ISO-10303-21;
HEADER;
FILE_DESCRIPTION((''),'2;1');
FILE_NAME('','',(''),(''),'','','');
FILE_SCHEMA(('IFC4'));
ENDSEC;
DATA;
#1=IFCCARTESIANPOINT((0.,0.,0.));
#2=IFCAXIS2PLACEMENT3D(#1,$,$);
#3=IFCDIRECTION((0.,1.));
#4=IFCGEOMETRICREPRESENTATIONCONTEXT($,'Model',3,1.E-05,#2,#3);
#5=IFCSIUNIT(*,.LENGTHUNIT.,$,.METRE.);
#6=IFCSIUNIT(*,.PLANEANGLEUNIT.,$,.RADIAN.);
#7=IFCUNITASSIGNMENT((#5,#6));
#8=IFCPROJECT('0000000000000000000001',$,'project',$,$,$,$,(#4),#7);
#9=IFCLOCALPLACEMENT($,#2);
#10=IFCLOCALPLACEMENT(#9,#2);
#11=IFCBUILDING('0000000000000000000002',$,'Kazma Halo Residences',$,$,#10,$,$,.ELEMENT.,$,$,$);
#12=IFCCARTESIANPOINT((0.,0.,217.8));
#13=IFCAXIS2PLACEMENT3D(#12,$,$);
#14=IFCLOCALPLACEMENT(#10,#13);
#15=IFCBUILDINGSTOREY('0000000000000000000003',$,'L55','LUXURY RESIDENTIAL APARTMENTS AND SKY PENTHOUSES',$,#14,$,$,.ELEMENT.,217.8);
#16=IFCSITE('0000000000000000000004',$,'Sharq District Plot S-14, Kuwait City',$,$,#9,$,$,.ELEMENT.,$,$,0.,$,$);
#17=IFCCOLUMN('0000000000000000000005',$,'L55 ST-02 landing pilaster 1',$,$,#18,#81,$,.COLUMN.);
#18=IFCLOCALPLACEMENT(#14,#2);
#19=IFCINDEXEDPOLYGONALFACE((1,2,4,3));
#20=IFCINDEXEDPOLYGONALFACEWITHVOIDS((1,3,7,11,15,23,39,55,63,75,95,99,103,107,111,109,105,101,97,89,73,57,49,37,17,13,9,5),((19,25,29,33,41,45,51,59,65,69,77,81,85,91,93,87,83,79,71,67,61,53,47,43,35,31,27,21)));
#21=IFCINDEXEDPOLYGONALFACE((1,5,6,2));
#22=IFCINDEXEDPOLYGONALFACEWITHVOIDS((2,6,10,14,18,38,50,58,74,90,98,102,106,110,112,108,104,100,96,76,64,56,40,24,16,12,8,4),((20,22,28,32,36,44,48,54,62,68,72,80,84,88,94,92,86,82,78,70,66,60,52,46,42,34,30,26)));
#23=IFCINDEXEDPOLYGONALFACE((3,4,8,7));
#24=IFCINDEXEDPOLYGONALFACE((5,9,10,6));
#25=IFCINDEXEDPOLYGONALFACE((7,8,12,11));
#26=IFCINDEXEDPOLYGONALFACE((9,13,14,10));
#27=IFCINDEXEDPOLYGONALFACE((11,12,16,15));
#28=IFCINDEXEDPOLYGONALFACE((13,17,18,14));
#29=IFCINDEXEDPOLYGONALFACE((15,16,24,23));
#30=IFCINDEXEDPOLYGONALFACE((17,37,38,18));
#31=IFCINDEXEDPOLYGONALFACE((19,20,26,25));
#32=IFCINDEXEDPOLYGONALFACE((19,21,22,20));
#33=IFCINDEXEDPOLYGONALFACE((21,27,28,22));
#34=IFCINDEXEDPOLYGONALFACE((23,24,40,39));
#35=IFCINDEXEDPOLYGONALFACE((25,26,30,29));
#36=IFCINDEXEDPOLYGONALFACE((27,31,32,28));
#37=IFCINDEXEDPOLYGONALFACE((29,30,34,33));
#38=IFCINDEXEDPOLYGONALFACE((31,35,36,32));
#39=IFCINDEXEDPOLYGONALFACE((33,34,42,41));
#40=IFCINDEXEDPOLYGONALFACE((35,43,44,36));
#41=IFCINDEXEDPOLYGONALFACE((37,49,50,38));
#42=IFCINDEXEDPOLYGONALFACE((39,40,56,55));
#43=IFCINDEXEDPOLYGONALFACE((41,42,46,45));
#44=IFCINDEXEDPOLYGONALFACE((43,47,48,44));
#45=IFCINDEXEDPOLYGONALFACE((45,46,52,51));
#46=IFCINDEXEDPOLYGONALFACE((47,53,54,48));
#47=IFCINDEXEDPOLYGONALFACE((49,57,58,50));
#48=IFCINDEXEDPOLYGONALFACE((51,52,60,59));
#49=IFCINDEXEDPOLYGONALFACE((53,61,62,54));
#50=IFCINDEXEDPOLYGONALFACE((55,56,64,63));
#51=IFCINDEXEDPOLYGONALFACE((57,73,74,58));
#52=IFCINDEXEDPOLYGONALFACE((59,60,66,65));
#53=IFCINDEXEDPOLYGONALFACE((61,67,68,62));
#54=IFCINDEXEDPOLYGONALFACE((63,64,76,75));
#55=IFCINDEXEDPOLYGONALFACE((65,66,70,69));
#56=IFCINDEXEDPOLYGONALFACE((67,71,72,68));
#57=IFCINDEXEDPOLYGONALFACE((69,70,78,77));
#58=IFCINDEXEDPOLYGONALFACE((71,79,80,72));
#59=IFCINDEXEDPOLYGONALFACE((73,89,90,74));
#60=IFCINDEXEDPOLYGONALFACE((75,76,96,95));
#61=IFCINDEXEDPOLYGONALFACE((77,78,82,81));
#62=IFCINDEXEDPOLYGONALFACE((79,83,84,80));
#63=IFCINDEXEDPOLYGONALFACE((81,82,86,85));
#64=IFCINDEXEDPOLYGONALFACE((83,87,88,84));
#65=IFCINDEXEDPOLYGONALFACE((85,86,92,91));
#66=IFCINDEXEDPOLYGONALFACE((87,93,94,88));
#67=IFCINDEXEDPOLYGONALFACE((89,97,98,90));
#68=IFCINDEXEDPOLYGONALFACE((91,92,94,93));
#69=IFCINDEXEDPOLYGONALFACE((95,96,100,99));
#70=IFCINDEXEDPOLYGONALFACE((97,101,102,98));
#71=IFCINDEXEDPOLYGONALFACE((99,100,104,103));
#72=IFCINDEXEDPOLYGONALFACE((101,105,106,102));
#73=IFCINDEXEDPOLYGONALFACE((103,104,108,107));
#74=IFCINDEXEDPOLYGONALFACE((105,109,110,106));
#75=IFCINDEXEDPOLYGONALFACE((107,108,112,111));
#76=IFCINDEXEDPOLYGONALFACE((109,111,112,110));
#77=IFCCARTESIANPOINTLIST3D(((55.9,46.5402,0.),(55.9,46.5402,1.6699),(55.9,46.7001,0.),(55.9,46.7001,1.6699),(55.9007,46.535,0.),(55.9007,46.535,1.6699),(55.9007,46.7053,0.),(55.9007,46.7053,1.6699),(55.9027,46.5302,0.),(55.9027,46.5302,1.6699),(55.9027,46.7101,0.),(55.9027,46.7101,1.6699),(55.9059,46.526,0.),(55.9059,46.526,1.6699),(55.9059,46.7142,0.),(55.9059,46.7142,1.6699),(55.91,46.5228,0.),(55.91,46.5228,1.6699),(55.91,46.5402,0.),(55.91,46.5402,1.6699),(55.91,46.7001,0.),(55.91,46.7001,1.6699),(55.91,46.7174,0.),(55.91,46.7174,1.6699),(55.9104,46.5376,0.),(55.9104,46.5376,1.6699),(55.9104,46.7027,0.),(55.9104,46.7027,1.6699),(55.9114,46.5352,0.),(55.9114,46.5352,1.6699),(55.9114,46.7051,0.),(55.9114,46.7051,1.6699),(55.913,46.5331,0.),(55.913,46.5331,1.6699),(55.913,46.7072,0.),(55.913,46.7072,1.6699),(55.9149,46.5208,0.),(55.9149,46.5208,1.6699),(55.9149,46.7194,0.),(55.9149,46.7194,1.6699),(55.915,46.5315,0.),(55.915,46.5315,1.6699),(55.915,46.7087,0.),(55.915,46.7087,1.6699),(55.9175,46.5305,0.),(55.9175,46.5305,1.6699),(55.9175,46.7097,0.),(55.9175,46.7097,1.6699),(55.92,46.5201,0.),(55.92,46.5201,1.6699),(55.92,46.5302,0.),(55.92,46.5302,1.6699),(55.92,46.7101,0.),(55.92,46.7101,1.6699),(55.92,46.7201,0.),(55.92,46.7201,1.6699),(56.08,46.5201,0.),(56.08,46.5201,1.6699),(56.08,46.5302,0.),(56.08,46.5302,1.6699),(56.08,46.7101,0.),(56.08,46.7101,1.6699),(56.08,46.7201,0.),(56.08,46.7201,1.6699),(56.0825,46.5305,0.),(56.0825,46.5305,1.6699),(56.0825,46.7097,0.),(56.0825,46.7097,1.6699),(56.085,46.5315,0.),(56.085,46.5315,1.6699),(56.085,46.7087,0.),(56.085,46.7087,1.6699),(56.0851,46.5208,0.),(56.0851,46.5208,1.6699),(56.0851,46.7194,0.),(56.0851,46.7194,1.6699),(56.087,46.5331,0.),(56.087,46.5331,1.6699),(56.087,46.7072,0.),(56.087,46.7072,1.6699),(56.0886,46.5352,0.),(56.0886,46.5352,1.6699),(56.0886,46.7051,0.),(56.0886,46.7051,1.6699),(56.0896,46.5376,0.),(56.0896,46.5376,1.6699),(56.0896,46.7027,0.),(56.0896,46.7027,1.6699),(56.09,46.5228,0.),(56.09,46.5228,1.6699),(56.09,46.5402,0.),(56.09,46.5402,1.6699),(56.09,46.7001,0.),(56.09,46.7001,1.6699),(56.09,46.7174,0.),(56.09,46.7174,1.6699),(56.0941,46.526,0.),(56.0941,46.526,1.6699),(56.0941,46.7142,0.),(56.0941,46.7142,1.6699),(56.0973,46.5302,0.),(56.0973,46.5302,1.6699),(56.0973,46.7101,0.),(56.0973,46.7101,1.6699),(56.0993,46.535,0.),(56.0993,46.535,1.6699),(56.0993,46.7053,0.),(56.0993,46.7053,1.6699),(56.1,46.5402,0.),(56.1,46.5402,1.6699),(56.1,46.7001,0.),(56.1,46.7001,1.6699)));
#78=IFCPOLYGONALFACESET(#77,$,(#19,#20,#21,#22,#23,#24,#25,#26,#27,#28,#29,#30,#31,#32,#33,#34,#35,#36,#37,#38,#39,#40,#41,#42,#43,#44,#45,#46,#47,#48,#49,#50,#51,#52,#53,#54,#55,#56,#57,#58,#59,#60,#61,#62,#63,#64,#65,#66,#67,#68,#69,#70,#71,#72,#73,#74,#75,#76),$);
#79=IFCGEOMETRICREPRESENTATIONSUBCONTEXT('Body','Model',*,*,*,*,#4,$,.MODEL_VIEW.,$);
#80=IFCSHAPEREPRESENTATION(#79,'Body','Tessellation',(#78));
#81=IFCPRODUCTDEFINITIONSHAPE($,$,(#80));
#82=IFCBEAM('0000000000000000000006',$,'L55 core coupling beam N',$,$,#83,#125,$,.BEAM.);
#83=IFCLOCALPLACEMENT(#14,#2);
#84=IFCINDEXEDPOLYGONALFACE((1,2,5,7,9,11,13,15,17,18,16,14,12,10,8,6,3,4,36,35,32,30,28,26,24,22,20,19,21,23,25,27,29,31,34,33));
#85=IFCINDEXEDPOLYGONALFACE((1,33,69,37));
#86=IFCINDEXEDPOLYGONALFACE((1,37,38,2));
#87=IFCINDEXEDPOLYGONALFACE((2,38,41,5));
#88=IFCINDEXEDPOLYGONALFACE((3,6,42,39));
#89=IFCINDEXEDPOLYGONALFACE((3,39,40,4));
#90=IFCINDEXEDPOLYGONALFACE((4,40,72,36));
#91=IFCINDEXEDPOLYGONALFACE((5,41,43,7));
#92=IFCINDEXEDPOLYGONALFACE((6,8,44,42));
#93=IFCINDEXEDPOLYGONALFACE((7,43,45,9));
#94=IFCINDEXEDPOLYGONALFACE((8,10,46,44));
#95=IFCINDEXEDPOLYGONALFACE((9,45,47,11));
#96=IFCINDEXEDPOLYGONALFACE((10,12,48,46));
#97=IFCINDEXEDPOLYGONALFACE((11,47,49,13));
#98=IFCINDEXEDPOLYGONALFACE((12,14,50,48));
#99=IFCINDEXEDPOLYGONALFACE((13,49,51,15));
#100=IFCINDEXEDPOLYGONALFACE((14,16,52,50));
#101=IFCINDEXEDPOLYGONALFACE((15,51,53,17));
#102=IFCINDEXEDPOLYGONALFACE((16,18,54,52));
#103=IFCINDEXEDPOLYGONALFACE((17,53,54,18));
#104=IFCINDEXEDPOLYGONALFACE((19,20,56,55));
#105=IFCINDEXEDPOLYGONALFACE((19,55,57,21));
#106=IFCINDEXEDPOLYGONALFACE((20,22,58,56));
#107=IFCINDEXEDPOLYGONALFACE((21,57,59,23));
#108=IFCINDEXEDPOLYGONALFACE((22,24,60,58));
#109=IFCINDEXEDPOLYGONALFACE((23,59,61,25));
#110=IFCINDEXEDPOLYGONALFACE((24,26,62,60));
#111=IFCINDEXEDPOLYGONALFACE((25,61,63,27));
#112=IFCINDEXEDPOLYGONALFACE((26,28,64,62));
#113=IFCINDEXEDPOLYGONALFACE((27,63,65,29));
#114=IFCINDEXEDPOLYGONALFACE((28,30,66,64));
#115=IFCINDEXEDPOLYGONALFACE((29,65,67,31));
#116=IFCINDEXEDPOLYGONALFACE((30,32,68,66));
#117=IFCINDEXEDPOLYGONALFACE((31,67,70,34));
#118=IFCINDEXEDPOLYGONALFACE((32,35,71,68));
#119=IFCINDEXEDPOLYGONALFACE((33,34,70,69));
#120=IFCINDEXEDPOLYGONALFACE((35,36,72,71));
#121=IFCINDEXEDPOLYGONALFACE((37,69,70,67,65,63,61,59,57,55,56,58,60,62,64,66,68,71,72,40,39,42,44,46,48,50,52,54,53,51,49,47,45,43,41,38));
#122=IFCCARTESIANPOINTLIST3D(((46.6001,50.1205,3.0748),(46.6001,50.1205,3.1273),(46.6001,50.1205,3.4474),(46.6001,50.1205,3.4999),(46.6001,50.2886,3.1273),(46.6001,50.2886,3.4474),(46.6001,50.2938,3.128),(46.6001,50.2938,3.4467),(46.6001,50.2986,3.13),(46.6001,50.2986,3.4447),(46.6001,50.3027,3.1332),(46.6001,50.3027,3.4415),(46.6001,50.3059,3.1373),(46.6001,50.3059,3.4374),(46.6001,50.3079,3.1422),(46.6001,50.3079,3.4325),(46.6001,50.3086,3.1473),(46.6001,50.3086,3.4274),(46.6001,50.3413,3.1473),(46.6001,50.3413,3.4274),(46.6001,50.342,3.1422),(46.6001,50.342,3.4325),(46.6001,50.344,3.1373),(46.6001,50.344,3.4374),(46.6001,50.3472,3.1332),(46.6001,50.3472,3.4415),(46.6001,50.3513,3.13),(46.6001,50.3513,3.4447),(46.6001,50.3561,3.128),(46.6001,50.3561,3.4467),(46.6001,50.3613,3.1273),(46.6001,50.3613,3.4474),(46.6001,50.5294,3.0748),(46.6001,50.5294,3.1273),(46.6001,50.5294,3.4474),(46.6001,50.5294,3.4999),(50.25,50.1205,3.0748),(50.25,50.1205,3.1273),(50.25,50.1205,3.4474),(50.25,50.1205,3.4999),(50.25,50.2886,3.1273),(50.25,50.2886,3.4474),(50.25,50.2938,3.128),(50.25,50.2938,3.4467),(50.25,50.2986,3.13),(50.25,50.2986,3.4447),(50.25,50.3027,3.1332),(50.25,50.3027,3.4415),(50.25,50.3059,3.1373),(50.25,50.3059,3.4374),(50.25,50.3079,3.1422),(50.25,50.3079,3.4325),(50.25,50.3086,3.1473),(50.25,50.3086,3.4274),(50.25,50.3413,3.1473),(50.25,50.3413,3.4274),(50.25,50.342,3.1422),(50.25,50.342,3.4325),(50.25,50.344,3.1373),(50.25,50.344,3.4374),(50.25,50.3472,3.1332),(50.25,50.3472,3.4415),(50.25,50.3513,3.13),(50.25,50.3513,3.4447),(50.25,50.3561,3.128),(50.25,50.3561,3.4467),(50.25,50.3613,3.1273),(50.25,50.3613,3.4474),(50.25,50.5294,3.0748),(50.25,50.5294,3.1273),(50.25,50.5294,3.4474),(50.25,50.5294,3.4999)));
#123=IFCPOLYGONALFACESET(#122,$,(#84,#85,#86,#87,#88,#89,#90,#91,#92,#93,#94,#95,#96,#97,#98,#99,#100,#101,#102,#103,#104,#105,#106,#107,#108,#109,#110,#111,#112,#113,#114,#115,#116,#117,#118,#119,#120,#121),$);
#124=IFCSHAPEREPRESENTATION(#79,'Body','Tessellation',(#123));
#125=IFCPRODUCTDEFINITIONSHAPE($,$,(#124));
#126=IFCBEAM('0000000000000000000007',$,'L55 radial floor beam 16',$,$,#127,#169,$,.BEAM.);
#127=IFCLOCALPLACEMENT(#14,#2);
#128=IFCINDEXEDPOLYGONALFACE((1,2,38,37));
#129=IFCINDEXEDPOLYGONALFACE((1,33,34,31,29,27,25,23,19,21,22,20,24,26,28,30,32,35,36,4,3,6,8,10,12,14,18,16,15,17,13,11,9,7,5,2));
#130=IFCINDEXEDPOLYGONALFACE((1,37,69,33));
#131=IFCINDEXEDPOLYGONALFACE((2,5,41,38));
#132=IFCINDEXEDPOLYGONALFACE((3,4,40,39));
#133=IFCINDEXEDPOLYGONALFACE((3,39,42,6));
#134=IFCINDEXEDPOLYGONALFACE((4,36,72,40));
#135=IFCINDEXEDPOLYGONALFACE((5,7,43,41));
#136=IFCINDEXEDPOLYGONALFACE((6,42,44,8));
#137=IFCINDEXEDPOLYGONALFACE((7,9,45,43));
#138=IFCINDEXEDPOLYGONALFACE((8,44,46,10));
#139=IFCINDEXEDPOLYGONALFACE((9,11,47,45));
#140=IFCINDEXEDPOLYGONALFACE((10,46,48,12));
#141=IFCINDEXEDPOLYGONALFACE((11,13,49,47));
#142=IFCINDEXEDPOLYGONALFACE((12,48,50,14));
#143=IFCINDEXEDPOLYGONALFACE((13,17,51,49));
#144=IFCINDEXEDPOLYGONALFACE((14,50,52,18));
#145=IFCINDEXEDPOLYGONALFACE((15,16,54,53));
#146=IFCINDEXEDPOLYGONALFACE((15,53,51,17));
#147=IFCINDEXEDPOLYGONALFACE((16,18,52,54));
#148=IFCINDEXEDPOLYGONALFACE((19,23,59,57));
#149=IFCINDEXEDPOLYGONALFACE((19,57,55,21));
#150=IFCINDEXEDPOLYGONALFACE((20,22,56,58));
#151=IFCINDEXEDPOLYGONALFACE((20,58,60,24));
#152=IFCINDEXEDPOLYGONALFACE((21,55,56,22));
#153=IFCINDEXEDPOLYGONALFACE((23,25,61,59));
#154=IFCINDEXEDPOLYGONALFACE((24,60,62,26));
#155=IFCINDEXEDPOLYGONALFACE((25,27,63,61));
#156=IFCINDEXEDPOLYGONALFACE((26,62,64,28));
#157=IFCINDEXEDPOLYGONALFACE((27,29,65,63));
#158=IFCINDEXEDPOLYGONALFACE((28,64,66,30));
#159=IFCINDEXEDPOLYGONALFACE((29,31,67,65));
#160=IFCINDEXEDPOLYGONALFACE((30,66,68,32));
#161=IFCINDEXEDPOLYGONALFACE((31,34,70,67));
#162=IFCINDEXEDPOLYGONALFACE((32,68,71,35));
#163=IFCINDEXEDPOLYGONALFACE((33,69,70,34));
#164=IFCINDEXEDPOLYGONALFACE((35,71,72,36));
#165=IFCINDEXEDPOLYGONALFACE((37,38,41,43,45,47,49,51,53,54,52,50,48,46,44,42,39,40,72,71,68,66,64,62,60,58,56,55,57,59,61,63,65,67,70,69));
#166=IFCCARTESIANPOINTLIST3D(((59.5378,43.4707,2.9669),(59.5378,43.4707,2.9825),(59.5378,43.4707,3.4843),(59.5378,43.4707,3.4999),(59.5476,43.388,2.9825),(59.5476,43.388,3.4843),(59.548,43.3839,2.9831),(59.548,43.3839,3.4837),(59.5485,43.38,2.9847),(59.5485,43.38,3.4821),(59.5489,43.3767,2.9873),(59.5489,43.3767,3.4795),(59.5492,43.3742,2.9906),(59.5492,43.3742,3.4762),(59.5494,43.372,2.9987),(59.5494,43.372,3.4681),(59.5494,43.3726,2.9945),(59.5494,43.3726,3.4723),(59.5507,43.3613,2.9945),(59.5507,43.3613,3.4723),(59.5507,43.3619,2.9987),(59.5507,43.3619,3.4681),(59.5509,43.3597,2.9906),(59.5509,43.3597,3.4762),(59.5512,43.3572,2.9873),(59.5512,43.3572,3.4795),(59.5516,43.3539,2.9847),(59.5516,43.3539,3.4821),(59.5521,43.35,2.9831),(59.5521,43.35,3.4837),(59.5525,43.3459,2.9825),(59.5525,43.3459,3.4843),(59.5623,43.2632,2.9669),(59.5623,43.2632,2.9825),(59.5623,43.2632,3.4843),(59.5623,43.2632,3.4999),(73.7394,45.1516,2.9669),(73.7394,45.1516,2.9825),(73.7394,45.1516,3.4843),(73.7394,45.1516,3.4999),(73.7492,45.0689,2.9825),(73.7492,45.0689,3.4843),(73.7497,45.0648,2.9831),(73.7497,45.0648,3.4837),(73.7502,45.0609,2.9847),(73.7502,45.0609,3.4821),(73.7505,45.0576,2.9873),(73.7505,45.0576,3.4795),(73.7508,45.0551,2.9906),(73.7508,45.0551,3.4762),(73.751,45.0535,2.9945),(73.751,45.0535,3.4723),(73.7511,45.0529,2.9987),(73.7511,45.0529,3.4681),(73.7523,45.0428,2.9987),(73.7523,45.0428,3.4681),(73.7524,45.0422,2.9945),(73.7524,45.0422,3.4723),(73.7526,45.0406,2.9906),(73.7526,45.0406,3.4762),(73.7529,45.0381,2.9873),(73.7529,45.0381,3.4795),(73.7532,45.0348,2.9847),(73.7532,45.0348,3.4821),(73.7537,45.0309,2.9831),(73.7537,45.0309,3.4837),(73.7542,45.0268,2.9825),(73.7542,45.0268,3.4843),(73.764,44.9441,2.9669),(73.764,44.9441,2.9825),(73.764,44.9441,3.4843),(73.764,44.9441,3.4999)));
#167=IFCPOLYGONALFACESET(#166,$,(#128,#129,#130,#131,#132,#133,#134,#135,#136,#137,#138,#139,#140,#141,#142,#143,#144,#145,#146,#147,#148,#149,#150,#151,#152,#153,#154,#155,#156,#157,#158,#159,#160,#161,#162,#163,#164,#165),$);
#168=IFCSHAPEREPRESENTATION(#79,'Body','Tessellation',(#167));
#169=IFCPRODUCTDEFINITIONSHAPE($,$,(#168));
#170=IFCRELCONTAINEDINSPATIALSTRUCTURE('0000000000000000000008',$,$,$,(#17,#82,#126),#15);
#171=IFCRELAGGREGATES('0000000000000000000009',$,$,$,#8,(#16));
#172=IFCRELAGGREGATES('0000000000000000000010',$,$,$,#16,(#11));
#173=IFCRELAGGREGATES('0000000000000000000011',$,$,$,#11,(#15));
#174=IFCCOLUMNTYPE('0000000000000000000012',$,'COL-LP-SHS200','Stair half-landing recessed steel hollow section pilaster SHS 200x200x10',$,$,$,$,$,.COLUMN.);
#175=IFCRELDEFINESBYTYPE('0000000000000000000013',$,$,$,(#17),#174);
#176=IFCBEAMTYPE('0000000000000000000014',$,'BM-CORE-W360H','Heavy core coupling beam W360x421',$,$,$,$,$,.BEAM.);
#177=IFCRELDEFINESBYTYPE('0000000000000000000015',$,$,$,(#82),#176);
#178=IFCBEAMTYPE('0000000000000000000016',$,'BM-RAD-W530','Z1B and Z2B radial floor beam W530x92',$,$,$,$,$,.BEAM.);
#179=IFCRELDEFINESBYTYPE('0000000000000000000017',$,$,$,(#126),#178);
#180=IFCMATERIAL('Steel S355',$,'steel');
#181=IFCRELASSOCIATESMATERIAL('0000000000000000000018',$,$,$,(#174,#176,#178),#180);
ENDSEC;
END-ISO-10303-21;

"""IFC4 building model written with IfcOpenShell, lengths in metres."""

from ifc_helpers import new_model, si_unit, direction, frame, origin, origin_2d, place, context, subcontext, project, spatial, hollow_rectangle, i_section, extrude, material, material_profile, profile_set, type_object, element, save


model = new_model("IFC4")

# Units and contexts
model_context = context("Model", 3, precision=1e-05, world=origin(), true_north=direction((0.0, 1.0)))
body_context = subcontext(model_context, "Body", "Model", "MODEL_VIEW")
ifc_project = project(units=[si_unit("LENGTHUNIT", "METRE"), si_unit("PLANEANGLEUNIT", "RADIAN")], contexts=[model_context])

# Site, building, storey
site_placement = place(None, origin())
site = spatial("IfcSite", under=ifc_project, at=site_placement, Name="Sharq District Plot S-14, Kuwait City", CompositionType="ELEMENT", RefElevation=0.0)
building_placement = place(site_placement, origin())
building = spatial("IfcBuilding", under=site, at=building_placement, Name="Kazma Halo Residences", CompositionType="ELEMENT")
storey_placement = place(building_placement, frame((0.0, 0.0, 217.8)))
storey = spatial("IfcBuildingStorey", under=building, at=storey_placement, Name="L55", Description="LUXURY RESIDENTIAL APARTMENTS AND SKY PENTHOUSES", CompositionType="ELEMENT", Elevation=217.8)

# Column
ifc_material_1 = material(Name="Steel S355", Category="steel")
ifc_material_profile_1 = material_profile(ifc_material_1, hollow_rectangle(XDim=0.2, YDim=0.2, WallThickness=0.01, InnerFilletRadius=0.01, OuterFilletRadius=0.02, at=origin_2d()), Name="SHS200x200x10")
ifc_profile_set_1 = profile_set([ifc_material_profile_1], Name="Steel S355")
column_type = type_object("IfcColumnType", Name="COL-LP-SHS200", Description="Stair half-landing recessed steel hollow section pilaster SHS 200x200x10", PredefinedType="COLUMN", material=ifc_profile_set_1)
column_placement = place(storey_placement, frame((56.0, 46.6201, 0.0), z_axis=(0.0, 0.0, 1.0), x_axis=(1.0, 0.0, 0.0)))
element("IfcColumn", 1, at=column_placement, inside=storey, type_object=column_type, Name="L55 ST-02 landing pilaster 1", PredefinedType="COLUMN", context=body_context, shape_type="SweptSolid", body=[
    extrude(hollow_rectangle(XDim=0.2, YDim=0.2, WallThickness=0.01, InnerFilletRadius=0.01, OuterFilletRadius=0.02, at=origin_2d()), origin(), (0.0, 0.0, 1.0), 1.6699),
])

# Beams
ifc_material_profile_2 = material_profile(ifc_material_1, i_section(OverallWidth=0.4089, OverallDepth=0.425, WebThickness=0.0327, FlangeThickness=0.0525, FilletRadius=0.02, at=origin_2d()), Name="W360x421")
ifc_profile_set_2 = profile_set([ifc_material_profile_2], Name="Steel S355")
beam_type_1 = type_object("IfcBeamType", Name="BM-CORE-W360H", Description="Heavy core coupling beam W360x421", PredefinedType="BEAM", material=ifc_profile_set_2)
beam_1_placement = place(storey_placement, frame((46.6001, 50.325, 3.2874), z_axis=(1.0, 0.0, 0.0), x_axis=(0.0, 1.0, 0.0)))
element("IfcBeam", 2, at=beam_1_placement, inside=storey, type_object=beam_type_1, Name="L55 core coupling beam N", PredefinedType="BEAM", context=body_context, shape_type="SweptSolid", body=[
    extrude(i_section(OverallWidth=0.4089, OverallDepth=0.425, WebThickness=0.0327, FlangeThickness=0.0525, FilletRadius=0.02, at=origin_2d()), origin(), (0.0, 0.0, 1.0), 3.6499),
])
ifc_material_profile_3 = material_profile(ifc_material_1, i_section(OverallWidth=0.209, OverallDepth=0.533, WebThickness=0.0103, FlangeThickness=0.0156, FilletRadius=0.0161, at=origin_2d()), Name="W530x92")
ifc_profile_set_3 = profile_set([ifc_material_profile_3], Name="Steel S355")
beam_type_2 = type_object("IfcBeamType", Name="BM-RAD-W530", Description="Z1B and Z2B radial floor beam W530x92", PredefinedType="BEAM", material=ifc_profile_set_3)
beam_2_placement = place(storey_placement, frame((59.55, 43.3669, 3.2334), z_axis=(0.993068, 0.11754, 0.0), x_axis=(-0.11754, 0.993068, 0.0)))
element("IfcBeam", 3, at=beam_2_placement, inside=storey, type_object=beam_type_2, Name="L55 radial floor beam 16", PredefinedType="BEAM", context=body_context, shape_type="SweptSolid", body=[
    extrude(i_section(OverallWidth=0.209, OverallDepth=0.533, WebThickness=0.0103, FlangeThickness=0.0156, FilletRadius=0.0161, at=origin_2d()), origin(), (0.0, 0.0, 1.0), 14.3008),
])

save(model, "model.ifc")
